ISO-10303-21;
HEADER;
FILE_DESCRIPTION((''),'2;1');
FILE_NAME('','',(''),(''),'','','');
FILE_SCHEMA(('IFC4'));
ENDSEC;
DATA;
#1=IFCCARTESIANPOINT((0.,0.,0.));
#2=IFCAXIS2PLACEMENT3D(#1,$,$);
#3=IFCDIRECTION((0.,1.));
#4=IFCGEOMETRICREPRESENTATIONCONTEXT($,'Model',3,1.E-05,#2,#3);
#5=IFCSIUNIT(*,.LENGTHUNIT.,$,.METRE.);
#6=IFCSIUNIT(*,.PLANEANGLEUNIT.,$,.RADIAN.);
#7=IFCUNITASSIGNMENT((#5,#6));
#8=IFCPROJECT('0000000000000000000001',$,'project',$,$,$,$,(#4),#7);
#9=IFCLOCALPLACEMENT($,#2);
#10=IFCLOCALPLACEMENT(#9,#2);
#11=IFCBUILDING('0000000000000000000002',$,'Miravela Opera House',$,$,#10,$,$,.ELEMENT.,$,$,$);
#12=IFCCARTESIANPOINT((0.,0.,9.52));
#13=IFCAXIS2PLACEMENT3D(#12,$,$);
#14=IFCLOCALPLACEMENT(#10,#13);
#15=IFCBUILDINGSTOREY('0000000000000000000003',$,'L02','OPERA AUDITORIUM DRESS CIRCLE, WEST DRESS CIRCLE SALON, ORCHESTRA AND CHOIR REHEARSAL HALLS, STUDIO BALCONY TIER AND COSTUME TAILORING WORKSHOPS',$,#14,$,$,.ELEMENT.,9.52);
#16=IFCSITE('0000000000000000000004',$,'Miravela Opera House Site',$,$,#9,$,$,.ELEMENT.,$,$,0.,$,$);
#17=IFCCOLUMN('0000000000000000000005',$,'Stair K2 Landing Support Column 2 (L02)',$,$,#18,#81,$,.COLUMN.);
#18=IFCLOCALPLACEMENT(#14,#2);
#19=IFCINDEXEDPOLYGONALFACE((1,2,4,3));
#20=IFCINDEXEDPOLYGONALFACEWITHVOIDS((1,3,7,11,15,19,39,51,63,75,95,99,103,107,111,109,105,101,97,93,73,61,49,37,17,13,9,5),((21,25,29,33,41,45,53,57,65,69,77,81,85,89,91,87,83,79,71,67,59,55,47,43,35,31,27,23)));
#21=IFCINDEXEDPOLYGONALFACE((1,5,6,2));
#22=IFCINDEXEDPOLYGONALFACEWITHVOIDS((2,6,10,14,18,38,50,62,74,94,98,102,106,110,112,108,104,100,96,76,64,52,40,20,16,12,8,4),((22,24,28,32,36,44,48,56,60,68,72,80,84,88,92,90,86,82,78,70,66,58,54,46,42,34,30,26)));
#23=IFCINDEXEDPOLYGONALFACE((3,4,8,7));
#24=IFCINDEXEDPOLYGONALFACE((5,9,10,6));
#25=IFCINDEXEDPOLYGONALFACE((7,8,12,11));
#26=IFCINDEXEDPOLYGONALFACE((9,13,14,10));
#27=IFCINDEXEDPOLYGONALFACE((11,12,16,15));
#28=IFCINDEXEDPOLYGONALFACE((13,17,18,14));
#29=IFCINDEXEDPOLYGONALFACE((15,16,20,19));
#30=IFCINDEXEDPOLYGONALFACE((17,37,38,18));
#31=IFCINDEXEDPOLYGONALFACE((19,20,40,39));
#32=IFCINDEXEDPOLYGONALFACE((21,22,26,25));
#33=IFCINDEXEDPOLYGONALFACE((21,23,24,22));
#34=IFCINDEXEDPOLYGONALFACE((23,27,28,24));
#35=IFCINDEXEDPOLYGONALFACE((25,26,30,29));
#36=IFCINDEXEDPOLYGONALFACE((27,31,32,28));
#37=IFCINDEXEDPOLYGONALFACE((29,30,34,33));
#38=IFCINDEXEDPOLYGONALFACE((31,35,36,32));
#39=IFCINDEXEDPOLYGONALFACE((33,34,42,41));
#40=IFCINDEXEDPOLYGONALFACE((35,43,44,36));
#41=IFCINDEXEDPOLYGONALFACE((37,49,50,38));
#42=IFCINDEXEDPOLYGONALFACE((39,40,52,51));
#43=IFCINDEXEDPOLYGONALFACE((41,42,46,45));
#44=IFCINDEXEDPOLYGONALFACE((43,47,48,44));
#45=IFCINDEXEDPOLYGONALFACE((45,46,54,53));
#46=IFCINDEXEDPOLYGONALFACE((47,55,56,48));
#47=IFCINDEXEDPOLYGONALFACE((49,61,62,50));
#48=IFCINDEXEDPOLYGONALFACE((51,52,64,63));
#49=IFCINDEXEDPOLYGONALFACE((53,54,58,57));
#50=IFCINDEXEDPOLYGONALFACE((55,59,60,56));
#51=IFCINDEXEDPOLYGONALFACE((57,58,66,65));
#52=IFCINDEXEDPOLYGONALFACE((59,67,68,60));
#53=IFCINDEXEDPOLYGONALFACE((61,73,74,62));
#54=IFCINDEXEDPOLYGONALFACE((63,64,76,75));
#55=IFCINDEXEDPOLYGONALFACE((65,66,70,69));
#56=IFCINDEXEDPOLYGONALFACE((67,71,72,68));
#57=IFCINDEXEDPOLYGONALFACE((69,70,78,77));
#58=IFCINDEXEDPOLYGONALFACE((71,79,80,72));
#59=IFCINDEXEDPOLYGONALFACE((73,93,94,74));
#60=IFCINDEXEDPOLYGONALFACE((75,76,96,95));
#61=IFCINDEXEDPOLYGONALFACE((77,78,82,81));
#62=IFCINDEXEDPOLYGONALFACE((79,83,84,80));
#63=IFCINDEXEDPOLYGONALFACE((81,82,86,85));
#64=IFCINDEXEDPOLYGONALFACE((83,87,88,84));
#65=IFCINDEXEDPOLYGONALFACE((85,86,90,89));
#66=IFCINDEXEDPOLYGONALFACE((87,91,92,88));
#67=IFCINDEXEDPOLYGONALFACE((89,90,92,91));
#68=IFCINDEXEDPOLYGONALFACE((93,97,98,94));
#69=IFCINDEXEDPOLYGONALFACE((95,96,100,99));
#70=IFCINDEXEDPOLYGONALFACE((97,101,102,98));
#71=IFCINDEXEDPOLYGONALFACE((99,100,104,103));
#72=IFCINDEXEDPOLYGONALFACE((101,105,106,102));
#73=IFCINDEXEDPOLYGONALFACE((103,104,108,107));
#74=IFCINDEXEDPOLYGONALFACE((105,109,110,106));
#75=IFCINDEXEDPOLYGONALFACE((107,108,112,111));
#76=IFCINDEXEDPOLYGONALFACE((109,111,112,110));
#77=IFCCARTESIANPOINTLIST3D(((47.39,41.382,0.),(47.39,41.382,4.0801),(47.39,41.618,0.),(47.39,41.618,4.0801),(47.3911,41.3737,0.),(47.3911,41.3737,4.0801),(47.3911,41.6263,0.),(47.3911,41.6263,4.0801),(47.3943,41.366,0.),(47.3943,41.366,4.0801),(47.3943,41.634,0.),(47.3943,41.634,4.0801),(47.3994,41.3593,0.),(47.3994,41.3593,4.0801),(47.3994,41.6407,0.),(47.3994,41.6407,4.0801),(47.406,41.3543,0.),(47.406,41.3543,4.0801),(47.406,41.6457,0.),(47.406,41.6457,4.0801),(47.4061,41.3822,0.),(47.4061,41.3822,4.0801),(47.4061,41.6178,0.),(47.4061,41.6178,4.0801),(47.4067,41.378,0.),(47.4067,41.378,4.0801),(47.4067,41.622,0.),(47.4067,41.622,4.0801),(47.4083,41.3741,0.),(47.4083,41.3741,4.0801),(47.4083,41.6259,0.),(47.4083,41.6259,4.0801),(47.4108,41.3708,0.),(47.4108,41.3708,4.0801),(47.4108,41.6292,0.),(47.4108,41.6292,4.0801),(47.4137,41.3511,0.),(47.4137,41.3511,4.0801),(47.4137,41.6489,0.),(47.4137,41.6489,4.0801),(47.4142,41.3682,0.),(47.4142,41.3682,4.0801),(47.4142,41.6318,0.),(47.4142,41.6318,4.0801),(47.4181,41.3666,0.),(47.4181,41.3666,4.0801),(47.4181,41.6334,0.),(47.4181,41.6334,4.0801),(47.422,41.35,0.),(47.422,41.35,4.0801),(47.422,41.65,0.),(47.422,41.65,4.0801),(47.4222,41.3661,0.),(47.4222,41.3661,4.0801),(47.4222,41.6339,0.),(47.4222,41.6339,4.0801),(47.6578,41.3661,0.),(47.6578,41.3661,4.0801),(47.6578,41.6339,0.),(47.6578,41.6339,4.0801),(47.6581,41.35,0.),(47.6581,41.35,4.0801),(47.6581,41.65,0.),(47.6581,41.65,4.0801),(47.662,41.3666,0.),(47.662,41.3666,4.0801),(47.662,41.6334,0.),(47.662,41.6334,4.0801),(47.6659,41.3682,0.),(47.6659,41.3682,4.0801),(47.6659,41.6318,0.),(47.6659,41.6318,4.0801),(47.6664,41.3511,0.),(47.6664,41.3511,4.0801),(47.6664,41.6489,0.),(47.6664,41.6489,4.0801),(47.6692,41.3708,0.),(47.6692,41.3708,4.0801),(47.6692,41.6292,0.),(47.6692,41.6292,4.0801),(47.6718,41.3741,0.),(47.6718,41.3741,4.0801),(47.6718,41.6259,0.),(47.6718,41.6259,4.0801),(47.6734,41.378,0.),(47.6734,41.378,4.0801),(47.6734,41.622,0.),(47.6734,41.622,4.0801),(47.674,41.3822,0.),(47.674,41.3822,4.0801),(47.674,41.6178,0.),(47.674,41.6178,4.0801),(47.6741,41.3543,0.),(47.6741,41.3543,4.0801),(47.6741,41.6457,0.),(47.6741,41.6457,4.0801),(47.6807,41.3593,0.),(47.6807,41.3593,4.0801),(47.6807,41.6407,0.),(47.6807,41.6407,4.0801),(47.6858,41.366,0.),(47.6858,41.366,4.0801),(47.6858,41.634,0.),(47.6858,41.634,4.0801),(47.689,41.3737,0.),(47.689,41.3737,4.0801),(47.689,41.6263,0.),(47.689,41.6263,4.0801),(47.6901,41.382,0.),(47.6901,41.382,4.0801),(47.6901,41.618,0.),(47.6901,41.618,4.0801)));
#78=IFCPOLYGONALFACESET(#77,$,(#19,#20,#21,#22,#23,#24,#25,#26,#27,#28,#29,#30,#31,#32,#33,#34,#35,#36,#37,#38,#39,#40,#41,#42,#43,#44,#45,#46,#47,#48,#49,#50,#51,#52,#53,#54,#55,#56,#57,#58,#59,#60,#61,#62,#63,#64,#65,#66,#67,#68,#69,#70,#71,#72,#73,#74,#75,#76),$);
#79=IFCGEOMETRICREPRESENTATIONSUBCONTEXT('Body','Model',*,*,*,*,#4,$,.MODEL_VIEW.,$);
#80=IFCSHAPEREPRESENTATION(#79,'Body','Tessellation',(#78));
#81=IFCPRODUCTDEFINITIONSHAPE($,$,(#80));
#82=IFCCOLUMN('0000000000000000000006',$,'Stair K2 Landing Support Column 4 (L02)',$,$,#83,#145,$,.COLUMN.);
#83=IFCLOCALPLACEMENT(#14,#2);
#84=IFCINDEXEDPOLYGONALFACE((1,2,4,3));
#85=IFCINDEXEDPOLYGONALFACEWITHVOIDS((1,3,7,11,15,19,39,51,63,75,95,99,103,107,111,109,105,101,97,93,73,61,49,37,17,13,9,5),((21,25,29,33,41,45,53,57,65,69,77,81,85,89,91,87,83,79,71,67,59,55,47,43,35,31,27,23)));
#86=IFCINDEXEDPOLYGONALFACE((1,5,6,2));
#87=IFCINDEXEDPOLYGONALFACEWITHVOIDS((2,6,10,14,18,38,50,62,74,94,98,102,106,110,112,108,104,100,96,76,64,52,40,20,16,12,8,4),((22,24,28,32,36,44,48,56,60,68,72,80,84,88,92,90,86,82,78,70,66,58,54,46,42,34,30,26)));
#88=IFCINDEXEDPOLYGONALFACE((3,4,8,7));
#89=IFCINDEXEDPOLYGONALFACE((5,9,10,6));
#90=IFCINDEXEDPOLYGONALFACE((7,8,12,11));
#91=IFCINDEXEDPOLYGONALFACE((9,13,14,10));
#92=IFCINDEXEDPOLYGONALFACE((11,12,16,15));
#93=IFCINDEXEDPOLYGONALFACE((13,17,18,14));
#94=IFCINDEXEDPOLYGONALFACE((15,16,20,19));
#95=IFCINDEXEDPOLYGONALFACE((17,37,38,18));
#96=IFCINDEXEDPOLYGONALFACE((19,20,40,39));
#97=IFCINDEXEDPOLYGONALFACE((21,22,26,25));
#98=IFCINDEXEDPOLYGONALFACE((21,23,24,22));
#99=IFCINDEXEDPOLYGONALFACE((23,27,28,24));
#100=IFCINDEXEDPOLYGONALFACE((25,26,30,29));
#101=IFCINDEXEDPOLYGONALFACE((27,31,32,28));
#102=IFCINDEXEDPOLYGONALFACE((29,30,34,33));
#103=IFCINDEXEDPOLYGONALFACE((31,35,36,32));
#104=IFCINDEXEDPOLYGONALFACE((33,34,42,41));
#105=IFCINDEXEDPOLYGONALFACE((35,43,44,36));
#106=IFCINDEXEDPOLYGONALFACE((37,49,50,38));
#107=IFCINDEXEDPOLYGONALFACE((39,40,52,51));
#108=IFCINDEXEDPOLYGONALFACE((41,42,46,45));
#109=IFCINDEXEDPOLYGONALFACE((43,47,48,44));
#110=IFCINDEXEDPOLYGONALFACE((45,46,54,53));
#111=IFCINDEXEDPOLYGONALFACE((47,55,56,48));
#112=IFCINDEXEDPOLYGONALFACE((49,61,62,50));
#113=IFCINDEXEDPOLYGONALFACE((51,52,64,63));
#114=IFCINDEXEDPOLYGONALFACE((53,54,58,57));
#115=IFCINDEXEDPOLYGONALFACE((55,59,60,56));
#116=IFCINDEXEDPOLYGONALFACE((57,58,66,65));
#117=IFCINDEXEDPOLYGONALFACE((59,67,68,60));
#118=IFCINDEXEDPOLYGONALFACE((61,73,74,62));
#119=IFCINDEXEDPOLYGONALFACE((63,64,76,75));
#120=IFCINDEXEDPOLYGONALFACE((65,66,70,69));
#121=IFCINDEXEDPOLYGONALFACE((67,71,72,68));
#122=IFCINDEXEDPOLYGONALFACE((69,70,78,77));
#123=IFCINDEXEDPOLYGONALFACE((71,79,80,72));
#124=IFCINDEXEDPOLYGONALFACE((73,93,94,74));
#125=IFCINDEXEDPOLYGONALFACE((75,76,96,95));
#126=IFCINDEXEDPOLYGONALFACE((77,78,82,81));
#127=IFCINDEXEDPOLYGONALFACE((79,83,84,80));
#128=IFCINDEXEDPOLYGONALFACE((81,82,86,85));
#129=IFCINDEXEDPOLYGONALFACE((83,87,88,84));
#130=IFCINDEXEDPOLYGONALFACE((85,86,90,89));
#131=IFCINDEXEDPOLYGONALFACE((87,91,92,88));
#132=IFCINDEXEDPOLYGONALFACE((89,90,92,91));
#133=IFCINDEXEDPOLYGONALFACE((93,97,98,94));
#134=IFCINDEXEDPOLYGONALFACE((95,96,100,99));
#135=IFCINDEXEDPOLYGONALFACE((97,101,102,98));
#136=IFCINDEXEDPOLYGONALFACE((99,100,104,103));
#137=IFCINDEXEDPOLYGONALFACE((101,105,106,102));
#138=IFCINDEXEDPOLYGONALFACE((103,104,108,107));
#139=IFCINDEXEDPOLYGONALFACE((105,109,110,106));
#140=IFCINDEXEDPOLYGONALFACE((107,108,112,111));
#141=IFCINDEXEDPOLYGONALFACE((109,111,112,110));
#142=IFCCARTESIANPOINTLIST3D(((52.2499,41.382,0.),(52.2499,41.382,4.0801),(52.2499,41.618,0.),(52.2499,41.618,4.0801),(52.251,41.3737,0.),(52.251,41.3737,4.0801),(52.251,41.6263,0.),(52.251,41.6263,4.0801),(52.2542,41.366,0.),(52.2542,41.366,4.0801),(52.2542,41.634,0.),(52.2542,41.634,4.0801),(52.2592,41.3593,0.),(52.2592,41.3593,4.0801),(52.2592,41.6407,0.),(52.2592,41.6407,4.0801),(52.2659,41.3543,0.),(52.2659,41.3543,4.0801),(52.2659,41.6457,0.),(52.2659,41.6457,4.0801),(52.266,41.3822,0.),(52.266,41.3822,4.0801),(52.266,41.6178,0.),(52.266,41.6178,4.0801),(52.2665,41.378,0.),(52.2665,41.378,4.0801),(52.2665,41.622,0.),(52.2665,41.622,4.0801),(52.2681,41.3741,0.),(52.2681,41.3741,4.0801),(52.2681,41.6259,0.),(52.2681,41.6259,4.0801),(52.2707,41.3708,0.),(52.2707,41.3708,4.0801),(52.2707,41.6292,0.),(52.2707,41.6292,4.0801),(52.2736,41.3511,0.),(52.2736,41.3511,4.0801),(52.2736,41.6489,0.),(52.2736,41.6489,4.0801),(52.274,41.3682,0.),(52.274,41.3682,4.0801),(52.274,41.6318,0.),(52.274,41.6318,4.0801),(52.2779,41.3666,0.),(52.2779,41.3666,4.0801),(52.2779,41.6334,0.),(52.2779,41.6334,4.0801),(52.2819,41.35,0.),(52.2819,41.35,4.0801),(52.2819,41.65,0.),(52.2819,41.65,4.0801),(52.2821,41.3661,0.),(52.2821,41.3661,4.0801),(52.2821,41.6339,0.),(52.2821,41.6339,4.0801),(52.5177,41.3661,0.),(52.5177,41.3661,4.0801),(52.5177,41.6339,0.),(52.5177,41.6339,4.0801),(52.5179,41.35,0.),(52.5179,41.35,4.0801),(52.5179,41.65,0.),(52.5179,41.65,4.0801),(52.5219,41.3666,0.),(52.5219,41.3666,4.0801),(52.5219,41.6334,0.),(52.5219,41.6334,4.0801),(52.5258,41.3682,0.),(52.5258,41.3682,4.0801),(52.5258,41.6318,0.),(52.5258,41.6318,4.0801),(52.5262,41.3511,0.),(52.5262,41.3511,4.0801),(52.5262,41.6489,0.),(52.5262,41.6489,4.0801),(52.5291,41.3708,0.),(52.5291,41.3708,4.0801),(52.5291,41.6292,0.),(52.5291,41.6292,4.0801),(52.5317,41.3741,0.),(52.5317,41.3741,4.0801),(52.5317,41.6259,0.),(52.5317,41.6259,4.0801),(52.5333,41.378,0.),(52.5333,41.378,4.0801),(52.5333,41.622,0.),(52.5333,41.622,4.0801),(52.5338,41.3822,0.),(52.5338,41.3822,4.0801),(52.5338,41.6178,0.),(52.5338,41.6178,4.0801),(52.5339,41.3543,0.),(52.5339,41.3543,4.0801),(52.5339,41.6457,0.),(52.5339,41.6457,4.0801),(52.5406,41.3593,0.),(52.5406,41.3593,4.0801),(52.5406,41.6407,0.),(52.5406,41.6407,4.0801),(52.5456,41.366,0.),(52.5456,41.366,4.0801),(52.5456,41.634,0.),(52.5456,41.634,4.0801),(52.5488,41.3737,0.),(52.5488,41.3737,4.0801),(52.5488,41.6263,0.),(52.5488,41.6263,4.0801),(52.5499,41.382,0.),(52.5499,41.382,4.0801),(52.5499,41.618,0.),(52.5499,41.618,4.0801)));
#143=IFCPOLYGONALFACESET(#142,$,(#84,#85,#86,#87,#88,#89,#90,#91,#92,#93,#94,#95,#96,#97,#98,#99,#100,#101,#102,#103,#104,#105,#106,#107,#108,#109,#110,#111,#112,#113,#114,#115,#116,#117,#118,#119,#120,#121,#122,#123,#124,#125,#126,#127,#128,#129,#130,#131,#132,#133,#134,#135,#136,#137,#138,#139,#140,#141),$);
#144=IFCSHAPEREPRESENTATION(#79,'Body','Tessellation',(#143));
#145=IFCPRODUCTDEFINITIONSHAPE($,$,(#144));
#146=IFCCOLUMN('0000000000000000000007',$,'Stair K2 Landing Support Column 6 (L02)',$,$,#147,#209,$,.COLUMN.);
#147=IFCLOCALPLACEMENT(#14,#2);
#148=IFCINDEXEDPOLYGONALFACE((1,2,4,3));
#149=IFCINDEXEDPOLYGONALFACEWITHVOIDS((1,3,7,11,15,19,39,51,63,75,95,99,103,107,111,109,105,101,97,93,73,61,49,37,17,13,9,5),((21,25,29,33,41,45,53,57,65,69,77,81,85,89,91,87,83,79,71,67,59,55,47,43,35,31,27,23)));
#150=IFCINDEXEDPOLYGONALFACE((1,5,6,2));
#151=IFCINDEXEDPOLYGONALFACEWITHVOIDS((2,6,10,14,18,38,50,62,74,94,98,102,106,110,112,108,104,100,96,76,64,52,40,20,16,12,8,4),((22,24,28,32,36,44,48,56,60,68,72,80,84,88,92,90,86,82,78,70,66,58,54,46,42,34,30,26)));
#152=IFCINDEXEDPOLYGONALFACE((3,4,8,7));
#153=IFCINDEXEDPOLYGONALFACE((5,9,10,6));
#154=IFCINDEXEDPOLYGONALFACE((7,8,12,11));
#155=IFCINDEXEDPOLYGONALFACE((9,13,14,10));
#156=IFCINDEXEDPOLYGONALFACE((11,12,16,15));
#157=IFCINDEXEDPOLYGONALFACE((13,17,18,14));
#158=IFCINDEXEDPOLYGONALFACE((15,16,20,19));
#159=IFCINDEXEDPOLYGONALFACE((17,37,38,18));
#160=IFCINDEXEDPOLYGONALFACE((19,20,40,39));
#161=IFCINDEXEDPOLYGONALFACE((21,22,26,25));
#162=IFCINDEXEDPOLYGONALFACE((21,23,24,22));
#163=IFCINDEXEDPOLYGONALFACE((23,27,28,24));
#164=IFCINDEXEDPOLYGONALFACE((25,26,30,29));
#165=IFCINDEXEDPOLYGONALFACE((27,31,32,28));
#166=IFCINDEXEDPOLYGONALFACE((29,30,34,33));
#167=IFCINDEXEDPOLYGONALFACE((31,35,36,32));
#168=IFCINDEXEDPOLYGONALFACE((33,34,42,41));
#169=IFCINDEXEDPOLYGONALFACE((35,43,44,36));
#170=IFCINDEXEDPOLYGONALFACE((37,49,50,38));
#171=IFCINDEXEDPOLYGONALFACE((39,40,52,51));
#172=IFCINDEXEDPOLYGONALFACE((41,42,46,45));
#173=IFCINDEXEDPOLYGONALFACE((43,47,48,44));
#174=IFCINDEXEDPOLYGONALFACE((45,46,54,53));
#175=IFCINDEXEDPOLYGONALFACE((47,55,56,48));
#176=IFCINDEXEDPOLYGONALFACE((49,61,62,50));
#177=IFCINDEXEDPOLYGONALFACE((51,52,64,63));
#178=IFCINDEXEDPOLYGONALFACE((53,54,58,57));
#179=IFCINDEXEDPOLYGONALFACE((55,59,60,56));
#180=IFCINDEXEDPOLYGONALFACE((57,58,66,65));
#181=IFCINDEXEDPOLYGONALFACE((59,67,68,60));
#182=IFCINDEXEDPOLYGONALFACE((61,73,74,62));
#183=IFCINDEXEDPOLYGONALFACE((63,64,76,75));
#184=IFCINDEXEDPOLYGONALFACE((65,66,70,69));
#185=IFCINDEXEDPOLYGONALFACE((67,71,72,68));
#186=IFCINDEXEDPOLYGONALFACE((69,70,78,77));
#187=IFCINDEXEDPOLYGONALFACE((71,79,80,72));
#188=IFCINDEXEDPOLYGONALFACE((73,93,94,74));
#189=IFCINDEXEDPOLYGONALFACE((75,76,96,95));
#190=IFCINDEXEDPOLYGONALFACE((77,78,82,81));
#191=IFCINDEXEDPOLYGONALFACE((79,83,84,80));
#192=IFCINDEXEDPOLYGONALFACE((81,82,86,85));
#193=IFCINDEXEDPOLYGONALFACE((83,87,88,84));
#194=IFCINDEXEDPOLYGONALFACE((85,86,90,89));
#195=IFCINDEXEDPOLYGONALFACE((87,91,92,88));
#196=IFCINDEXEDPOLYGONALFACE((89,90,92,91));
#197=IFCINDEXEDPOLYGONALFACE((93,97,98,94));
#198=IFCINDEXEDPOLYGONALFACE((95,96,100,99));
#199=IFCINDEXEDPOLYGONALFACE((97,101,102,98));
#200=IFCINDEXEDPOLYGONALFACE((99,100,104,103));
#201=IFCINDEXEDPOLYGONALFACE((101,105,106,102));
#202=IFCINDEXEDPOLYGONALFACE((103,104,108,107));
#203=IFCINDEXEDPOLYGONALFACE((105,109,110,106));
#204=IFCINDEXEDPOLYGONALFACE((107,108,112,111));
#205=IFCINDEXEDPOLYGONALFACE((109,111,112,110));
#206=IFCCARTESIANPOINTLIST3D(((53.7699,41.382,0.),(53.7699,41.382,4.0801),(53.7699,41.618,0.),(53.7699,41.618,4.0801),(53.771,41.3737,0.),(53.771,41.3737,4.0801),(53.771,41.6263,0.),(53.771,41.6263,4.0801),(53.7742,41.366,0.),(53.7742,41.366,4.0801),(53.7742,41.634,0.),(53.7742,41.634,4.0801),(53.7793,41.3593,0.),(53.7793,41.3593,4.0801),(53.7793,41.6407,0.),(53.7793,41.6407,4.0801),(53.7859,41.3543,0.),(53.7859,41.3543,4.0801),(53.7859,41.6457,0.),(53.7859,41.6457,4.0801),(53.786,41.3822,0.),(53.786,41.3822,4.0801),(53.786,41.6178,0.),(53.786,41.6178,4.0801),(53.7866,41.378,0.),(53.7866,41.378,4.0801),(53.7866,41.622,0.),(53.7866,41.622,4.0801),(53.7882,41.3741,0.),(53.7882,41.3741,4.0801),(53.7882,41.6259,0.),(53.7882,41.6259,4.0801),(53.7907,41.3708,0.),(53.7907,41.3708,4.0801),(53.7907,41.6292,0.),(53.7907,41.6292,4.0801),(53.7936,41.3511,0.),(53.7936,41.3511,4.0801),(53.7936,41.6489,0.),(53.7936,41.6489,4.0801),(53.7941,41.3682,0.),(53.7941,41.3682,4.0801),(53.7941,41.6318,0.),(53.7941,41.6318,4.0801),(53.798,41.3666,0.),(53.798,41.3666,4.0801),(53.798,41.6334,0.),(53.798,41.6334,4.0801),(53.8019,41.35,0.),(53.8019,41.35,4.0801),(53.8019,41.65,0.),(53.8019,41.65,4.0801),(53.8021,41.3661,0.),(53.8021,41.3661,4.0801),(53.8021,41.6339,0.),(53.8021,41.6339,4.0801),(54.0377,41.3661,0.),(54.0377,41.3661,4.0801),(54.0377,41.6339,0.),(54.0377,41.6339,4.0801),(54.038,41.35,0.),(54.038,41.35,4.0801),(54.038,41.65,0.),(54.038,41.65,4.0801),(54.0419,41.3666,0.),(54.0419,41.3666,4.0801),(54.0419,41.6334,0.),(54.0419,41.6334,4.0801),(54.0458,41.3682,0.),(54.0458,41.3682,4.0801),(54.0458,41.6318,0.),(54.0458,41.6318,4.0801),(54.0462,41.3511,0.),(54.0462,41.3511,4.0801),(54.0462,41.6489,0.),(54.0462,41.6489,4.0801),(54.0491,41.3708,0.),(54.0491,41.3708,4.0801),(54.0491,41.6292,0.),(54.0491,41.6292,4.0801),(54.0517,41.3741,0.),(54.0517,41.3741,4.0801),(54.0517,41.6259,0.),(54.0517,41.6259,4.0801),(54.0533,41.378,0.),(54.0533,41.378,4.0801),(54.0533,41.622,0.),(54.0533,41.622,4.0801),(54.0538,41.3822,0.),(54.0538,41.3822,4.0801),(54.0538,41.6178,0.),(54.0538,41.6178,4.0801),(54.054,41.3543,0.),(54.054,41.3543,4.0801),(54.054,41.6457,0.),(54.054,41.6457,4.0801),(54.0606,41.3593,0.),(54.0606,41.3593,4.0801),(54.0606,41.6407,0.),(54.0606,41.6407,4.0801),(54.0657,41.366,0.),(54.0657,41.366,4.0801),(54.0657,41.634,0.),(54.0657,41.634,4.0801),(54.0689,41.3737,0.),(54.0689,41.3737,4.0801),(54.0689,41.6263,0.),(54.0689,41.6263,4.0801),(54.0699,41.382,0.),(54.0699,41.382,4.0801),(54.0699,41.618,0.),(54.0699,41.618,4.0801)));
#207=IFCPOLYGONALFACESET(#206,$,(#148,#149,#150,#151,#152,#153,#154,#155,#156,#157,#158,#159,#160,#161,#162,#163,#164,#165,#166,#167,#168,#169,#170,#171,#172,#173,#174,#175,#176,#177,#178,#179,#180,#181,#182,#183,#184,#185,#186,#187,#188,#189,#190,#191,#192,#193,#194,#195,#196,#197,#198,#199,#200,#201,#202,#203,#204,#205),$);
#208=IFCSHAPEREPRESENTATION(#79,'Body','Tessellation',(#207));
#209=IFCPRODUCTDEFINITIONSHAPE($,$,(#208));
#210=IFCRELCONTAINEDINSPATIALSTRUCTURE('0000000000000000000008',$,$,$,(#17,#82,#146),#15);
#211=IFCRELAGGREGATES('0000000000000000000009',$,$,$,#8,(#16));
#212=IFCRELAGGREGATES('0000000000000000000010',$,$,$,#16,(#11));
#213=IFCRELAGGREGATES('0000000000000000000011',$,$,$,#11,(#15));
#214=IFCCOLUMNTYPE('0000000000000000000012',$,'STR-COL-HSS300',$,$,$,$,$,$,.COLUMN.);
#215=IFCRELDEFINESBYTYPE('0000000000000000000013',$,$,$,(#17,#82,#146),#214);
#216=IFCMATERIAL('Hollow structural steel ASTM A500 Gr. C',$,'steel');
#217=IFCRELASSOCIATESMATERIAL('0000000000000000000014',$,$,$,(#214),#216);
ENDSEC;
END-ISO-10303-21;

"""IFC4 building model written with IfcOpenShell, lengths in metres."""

from ifc_helpers import new_model, si_unit, direction, frame, origin, origin_2d, place, context, subcontext, project, spatial, hollow_rectangle, extrude, material, material_profile, profile_set, type_object, element, save


model = new_model("IFC4")

# Units and contexts
model_context = context("Model", 3, precision=1e-05, world=origin(), true_north=direction((0.0, 1.0)))
body_context = subcontext(model_context, "Body", "Model", "MODEL_VIEW")
ifc_project = project(units=[si_unit("LENGTHUNIT", "METRE"), si_unit("PLANEANGLEUNIT", "RADIAN")], contexts=[model_context])

# Site, building, storey
site_placement = place(None, origin())
site = spatial("IfcSite", under=ifc_project, at=site_placement, Name="Miravela Opera House Site", CompositionType="ELEMENT", RefElevation=0.0)
building_placement = place(site_placement, origin())
building = spatial("IfcBuilding", under=site, at=building_placement, Name="Miravela Opera House", CompositionType="ELEMENT")
storey_placement = place(building_placement, frame((0.0, 0.0, 9.52)))
storey = spatial("IfcBuildingStorey", under=building, at=storey_placement, Name="L02", Description="OPERA AUDITORIUM DRESS CIRCLE, WEST DRESS CIRCLE SALON, ORCHESTRA AND CHOIR REHEARSAL HALLS, STUDIO BALCONY TIER AND COSTUME TAILORING WORKSHOPS", CompositionType="ELEMENT", Elevation=9.52)

# Columns
ifc_material_1 = material(Name="Hollow structural steel ASTM A500 Gr. C", Category="steel")
ifc_material_profile_1 = material_profile(ifc_material_1, hollow_rectangle(XDim=0.3, YDim=0.3, WallThickness=0.0161, InnerFilletRadius=0.0161, OuterFilletRadius=0.032, at=origin_2d()), Name="HSS300X300X16")
ifc_profile_set_1 = profile_set([ifc_material_profile_1])
column_type_1 = type_object("IfcColumnType", Name="STR-COL-HSS300", PredefinedType="COLUMN", material=ifc_profile_set_1)
for number, where, z_axis, x_axis, name in (
    (1, (47.54, 41.5, 0.0), (0.0, 0.0, 1.0), (1.0, 0.0, 0.0), "Stair K2 Landing Support Column 2 (L02)"),
    (2, (52.3999, 41.5, 0.0), (0.0, 0.0, 1.0), (1.0, 0.0, 0.0), "Stair K2 Landing Support Column 4 (L02)"),
    (3, (53.9199, 41.5, 0.0), (0.0, 0.0, 1.0), (1.0, 0.0, 0.0), "Stair K2 Landing Support Column 6 (L02)"),
):
    element("IfcColumn", number, at=place(storey_placement, frame(where, z_axis=z_axis, x_axis=x_axis)), inside=storey, type_object=column_type_1, Name=name, PredefinedType="COLUMN", context=body_context, shape_type="SweptSolid", body=[
        extrude(hollow_rectangle(XDim=0.3, YDim=0.3, WallThickness=0.0161, InnerFilletRadius=0.0161, OuterFilletRadius=0.032, at=origin_2d()), origin(), (0.0, 0.0, 1.0), 4.0801),
    ])

save(model, "model.ifc")
